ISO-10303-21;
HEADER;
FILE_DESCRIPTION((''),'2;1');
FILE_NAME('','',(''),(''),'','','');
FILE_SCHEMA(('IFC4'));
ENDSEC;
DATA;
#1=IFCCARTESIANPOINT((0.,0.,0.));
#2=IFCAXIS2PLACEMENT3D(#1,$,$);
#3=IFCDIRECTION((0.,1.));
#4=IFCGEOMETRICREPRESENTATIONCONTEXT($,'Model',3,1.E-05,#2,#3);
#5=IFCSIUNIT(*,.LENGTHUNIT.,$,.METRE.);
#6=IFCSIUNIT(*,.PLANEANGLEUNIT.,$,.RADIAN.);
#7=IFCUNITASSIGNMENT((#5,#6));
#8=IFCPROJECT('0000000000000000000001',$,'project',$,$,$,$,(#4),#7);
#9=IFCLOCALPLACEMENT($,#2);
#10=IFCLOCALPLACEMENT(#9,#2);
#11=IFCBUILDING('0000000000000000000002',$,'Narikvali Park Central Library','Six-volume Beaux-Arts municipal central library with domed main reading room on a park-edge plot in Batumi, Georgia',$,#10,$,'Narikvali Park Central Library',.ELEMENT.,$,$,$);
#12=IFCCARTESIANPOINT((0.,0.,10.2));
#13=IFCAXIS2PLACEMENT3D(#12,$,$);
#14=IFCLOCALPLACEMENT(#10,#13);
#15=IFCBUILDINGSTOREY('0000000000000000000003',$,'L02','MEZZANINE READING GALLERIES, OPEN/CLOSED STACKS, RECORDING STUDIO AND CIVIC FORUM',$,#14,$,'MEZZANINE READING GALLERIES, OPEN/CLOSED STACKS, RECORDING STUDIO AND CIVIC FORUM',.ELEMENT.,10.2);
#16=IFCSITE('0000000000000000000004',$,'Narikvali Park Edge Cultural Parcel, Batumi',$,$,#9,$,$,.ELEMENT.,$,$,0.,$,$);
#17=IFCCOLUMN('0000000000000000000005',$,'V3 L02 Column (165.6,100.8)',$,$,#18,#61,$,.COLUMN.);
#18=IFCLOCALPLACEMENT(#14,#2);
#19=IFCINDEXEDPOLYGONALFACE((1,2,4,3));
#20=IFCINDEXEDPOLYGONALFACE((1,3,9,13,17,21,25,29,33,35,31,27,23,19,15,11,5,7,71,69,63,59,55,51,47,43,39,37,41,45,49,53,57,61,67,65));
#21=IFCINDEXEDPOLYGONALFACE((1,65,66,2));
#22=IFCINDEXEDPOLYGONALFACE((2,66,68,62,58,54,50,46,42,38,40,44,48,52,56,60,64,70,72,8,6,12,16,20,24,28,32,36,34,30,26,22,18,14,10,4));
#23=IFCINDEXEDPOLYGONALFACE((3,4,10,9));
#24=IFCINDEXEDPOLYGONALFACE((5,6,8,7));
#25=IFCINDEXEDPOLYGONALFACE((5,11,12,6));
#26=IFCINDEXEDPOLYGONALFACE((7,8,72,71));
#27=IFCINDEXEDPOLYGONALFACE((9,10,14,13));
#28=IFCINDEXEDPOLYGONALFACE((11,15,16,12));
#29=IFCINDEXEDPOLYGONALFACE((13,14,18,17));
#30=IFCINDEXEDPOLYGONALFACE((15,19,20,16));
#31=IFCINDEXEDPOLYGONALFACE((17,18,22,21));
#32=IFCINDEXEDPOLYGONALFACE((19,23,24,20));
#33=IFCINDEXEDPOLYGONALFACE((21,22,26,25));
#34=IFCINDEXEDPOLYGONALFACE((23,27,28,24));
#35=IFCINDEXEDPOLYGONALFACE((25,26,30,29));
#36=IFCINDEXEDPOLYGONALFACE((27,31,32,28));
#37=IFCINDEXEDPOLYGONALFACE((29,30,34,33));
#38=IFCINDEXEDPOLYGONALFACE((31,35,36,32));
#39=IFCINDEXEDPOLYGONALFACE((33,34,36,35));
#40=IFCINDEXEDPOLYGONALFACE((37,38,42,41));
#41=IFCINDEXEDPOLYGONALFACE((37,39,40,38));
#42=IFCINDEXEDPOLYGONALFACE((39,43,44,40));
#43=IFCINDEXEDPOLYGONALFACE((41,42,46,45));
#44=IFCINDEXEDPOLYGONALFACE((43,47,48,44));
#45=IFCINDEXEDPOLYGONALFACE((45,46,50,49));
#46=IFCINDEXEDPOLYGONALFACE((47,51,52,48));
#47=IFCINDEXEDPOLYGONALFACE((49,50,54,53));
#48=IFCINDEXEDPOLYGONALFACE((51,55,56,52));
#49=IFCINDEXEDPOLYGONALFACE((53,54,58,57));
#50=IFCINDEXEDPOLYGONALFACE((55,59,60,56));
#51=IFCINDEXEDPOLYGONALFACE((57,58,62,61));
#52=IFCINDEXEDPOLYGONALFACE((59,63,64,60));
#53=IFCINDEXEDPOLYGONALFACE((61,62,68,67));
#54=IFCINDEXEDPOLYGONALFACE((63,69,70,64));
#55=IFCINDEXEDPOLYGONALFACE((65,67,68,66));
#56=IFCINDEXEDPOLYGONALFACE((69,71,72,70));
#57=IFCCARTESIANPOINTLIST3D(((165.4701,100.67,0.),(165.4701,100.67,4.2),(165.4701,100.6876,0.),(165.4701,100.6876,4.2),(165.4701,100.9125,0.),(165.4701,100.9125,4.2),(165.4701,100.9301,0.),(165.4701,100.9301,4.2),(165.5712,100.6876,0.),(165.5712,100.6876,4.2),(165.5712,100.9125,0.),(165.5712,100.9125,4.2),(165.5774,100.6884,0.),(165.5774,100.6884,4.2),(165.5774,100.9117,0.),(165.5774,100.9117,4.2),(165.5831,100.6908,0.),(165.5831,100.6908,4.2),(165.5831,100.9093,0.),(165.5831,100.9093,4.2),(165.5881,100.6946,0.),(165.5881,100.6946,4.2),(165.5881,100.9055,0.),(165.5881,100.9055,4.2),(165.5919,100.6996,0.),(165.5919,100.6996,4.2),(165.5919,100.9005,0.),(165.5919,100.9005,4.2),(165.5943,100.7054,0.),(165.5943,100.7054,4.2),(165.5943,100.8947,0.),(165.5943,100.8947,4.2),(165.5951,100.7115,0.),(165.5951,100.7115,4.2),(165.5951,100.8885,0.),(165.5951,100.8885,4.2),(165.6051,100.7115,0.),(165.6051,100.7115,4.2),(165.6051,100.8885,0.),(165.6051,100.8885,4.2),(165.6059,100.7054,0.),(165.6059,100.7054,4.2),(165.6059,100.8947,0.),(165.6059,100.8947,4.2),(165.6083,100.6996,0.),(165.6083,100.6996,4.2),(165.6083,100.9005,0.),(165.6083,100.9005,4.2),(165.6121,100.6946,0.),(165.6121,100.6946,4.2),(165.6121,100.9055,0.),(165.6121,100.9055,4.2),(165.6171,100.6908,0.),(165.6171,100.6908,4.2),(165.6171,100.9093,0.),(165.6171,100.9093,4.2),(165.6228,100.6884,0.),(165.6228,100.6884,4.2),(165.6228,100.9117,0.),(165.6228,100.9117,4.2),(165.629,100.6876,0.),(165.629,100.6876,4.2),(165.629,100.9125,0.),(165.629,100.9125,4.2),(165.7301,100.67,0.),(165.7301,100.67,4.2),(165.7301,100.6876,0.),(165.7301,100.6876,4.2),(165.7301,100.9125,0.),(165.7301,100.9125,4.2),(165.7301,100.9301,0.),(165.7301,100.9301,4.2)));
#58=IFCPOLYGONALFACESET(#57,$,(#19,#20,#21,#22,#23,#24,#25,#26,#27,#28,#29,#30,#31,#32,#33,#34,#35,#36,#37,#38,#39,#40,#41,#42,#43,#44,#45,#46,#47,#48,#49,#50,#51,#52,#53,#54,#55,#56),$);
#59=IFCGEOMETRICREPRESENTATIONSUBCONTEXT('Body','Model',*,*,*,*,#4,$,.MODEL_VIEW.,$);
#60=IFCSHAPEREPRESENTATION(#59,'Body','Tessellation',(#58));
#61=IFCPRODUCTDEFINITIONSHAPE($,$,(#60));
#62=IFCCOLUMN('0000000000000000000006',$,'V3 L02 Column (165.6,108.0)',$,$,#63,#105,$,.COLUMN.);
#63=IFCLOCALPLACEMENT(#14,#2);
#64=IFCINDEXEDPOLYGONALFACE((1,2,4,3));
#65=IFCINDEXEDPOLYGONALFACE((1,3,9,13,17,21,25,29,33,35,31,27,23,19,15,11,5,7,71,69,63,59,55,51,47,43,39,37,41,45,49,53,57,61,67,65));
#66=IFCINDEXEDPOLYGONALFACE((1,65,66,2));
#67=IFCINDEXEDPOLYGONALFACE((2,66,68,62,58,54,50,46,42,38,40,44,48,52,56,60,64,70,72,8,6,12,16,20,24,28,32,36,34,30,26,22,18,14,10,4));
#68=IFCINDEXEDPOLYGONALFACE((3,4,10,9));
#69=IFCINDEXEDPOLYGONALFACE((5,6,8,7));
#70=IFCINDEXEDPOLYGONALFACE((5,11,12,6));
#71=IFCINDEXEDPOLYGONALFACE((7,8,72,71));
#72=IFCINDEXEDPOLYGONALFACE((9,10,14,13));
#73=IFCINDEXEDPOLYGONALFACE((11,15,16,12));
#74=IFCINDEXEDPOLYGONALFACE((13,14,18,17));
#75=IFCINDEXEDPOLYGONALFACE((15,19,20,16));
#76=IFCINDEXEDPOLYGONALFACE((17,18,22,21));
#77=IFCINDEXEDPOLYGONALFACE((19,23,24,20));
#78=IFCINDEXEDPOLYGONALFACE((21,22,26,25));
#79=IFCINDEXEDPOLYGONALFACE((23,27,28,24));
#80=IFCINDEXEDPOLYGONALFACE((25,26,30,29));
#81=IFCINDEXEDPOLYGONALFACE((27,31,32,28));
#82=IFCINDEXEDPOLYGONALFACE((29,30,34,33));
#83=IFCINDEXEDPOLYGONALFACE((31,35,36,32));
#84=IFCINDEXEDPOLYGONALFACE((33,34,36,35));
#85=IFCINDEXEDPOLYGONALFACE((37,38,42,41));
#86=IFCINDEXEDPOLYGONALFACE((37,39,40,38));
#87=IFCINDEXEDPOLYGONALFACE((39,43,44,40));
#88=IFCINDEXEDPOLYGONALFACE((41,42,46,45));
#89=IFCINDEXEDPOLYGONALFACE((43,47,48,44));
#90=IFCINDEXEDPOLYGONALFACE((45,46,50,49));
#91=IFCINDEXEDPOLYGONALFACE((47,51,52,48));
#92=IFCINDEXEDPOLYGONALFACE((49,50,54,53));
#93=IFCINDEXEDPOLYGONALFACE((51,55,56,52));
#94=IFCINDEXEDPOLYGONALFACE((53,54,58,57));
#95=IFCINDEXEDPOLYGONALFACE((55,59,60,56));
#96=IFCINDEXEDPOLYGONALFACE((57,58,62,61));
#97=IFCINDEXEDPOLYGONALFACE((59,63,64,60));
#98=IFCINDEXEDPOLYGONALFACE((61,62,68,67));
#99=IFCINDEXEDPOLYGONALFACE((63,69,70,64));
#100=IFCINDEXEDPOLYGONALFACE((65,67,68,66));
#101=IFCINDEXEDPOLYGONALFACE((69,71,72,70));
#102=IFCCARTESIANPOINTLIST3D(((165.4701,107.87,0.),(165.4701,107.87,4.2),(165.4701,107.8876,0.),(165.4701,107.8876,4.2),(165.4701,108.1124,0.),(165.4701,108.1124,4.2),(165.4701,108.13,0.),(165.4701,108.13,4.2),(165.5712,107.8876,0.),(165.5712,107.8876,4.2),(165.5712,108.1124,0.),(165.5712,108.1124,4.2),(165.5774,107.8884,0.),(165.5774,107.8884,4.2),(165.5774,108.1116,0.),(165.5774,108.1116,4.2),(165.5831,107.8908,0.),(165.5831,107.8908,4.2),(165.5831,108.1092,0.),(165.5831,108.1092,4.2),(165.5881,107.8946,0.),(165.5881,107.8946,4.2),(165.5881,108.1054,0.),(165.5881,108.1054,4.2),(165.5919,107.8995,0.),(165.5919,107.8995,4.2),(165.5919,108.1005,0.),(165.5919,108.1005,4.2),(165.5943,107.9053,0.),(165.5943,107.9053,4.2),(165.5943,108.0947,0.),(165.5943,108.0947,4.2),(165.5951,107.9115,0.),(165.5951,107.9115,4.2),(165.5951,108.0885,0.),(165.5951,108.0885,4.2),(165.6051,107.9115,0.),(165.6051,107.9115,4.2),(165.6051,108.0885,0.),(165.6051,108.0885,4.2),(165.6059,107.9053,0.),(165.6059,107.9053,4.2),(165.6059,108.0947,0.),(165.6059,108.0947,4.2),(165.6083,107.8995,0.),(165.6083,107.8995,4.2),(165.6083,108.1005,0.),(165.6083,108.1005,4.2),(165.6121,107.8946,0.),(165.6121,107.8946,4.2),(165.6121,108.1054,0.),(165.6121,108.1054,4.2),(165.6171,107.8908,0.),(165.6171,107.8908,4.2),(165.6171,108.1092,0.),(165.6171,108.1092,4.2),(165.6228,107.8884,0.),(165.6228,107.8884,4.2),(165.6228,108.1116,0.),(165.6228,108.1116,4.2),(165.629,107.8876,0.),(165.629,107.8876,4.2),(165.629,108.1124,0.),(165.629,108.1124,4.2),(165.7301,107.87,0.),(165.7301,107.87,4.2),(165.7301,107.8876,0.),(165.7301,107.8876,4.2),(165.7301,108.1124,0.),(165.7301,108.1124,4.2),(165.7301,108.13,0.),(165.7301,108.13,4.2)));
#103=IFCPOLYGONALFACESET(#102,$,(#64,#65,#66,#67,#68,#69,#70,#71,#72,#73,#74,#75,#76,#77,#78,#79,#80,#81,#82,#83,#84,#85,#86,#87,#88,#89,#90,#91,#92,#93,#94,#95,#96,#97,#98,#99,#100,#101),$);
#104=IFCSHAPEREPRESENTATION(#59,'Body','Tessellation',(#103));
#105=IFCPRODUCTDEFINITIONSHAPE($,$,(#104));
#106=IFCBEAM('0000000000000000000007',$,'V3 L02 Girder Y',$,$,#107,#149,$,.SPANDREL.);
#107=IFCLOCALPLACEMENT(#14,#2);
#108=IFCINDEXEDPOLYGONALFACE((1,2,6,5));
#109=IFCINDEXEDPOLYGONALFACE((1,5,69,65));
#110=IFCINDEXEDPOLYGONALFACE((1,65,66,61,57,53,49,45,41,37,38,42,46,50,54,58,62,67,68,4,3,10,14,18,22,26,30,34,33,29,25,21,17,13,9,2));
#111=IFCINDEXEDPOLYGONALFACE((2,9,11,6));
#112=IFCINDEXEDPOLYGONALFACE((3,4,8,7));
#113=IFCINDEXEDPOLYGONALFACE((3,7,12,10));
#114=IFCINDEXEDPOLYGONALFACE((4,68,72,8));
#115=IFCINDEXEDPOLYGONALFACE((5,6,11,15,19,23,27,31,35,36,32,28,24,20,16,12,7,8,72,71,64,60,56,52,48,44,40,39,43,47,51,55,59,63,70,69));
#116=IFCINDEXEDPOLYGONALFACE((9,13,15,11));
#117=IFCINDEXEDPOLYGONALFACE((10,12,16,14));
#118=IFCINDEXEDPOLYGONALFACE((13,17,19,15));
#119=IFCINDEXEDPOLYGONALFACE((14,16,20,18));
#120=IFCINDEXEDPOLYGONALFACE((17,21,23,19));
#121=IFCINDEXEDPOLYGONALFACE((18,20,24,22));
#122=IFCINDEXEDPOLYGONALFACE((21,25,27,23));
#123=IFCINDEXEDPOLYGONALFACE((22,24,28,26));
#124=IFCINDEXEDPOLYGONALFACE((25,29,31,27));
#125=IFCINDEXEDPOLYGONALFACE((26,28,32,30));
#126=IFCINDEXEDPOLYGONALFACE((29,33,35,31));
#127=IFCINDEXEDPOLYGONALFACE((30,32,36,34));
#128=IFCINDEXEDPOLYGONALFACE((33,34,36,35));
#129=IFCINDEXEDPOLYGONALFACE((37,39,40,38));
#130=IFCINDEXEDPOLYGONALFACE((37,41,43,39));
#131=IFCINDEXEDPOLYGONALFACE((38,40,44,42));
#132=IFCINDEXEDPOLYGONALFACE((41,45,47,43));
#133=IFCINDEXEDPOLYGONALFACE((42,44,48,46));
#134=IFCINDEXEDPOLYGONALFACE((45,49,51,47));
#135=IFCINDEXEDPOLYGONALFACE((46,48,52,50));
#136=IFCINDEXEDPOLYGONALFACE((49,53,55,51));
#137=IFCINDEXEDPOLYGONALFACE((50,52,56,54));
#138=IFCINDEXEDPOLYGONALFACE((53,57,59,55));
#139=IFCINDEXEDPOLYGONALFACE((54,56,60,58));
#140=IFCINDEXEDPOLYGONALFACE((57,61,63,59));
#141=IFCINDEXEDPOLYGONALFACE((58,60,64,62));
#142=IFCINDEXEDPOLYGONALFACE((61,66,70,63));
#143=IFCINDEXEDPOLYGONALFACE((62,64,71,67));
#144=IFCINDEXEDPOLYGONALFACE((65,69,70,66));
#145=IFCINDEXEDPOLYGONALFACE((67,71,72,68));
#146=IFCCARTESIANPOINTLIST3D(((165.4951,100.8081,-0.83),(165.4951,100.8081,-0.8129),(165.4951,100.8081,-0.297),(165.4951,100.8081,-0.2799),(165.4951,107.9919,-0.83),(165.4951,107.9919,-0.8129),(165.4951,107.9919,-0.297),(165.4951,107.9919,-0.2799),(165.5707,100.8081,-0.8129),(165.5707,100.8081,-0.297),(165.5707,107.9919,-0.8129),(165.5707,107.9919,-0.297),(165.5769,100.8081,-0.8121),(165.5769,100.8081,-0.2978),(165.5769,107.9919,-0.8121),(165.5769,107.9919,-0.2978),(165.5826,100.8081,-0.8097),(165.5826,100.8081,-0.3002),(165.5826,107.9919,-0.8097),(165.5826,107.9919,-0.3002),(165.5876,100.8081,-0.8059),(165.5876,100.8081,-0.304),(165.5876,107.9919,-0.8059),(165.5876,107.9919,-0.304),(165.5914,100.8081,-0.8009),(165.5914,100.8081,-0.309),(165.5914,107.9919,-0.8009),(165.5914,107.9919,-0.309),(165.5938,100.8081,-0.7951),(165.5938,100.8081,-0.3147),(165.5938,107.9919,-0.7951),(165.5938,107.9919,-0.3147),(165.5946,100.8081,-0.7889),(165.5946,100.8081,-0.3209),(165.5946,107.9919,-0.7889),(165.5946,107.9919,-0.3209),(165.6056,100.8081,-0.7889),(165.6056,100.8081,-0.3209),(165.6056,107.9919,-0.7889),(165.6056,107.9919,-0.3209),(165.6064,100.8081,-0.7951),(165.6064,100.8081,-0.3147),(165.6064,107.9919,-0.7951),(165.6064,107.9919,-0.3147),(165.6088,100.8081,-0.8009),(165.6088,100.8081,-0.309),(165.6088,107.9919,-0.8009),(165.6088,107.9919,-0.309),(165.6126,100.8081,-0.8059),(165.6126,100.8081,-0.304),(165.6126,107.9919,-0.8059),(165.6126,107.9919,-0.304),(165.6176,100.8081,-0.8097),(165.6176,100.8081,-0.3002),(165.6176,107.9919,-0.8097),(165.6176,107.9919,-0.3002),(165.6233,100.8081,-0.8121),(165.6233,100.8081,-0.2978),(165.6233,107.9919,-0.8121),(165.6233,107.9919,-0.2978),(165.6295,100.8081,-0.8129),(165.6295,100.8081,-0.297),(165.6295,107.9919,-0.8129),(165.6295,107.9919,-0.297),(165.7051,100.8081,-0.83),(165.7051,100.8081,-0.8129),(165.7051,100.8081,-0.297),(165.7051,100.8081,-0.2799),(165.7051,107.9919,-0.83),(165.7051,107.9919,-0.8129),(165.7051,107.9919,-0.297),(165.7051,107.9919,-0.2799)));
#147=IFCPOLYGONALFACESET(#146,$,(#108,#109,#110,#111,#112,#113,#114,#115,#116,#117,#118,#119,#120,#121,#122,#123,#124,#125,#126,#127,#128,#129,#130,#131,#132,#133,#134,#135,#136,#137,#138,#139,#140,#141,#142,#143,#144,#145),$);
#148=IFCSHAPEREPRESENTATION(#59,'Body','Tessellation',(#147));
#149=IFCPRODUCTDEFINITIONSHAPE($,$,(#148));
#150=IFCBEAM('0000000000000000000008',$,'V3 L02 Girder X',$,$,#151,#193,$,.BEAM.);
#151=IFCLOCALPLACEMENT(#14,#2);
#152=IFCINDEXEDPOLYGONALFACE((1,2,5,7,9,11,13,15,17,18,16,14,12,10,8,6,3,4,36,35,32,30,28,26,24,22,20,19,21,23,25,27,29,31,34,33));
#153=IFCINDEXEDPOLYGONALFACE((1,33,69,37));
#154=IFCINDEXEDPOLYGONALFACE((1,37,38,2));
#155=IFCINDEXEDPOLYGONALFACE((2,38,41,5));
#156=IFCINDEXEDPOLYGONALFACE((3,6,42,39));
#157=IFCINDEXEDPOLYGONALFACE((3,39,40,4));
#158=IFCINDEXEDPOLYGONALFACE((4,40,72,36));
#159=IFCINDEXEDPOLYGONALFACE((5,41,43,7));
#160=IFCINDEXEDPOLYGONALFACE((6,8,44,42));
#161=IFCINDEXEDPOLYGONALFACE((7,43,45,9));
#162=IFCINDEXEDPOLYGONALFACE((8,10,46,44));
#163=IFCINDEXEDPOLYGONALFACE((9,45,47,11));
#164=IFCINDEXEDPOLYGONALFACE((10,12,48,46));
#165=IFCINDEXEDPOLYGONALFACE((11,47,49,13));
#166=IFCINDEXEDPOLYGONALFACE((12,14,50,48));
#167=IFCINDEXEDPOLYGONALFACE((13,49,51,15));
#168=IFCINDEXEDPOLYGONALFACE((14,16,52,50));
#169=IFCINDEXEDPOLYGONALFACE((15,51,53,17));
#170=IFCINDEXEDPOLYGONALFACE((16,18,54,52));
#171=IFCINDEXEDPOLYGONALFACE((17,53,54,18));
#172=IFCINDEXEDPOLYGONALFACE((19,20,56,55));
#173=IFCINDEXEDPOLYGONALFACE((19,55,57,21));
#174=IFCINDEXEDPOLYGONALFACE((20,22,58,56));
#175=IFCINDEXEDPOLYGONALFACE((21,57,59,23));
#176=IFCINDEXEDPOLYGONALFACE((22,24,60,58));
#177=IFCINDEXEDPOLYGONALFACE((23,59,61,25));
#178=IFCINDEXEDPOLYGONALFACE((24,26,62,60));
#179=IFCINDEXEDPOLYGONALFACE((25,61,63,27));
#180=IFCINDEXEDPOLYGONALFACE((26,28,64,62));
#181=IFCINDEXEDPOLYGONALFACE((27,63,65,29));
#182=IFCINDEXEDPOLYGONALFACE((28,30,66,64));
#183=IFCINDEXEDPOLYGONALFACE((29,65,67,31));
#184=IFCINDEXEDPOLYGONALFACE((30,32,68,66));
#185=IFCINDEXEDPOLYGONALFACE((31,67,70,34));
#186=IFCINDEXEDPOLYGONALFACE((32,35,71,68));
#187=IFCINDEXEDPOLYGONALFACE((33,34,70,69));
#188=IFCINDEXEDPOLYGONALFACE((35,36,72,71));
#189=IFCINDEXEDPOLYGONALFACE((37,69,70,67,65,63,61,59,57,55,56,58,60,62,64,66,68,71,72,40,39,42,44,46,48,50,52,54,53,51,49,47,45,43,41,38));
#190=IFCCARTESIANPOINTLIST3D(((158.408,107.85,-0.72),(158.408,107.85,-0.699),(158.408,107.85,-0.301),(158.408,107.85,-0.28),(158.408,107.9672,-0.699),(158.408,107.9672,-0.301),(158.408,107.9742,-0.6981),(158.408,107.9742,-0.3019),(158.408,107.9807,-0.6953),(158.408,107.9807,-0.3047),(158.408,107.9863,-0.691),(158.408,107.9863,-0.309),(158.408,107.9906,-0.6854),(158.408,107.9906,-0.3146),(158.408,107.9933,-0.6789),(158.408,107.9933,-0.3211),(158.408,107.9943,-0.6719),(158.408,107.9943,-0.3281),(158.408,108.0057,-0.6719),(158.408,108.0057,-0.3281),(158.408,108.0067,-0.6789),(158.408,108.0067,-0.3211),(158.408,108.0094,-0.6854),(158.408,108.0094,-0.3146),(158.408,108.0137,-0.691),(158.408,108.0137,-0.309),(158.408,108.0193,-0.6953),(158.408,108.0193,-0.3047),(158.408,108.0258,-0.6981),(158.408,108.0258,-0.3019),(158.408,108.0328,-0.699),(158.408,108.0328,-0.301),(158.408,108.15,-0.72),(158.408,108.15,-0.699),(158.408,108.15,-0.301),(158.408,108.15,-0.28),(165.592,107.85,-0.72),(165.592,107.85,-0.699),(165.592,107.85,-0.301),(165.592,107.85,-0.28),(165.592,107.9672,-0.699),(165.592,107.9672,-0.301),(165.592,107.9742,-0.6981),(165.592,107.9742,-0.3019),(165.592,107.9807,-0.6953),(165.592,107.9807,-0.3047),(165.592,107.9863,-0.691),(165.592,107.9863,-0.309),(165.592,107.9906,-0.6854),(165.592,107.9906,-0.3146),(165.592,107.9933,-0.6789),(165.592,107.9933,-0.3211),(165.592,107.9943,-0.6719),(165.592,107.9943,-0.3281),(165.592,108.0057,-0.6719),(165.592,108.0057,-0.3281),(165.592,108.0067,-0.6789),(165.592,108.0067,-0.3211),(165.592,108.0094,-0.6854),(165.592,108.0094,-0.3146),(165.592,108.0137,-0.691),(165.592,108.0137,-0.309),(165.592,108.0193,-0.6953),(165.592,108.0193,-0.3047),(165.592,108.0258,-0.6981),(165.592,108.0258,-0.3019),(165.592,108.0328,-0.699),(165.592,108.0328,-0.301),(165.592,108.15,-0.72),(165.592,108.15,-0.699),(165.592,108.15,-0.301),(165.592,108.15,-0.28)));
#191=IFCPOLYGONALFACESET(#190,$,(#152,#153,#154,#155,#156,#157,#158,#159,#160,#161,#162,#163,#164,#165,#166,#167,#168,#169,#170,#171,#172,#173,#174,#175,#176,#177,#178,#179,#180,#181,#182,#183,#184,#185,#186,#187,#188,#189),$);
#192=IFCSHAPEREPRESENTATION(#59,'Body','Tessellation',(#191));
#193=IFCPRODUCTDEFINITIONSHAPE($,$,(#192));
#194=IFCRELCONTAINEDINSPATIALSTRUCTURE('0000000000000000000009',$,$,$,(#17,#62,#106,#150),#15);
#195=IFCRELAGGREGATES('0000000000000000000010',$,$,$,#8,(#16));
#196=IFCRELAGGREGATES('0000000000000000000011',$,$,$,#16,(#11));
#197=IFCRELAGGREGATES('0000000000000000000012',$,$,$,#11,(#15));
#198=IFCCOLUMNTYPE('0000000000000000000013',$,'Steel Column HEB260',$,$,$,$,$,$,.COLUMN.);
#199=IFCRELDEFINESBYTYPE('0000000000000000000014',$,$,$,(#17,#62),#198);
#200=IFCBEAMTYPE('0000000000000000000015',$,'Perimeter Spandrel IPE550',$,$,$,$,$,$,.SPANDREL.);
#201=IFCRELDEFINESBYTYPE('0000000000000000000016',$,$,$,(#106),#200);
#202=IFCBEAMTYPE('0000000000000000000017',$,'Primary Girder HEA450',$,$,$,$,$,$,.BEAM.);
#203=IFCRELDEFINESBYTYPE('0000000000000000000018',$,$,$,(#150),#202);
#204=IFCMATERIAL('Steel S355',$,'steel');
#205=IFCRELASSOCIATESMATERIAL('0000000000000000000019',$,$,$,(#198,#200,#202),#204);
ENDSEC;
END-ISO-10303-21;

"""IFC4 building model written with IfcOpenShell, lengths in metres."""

from ifc_helpers import new_model, si_unit, direction, frame, origin, origin_2d, place, context, subcontext, project, spatial, i_section, extrude, material, material_profile, profile_set, type_object, element, save


model = new_model("IFC4")

# Units and contexts
model_context = context("Model", 3, precision=1e-05, world=origin(), true_north=direction((0.0, 1.0)))
body_context = subcontext(model_context, "Body", "Model", "MODEL_VIEW")
ifc_project = project(units=[si_unit("LENGTHUNIT", "METRE"), si_unit("PLANEANGLEUNIT", "RADIAN")], contexts=[model_context])

# Site, building, storey
site_placement = place(None, origin())
site = spatial("IfcSite", under=ifc_project, at=site_placement, Name="Narikvali Park Edge Cultural Parcel, Batumi", CompositionType="ELEMENT", RefElevation=0.0)
building_placement = place(site_placement, origin())
building = spatial("IfcBuilding", under=site, at=building_placement, Name="Narikvali Park Central Library", Description="Six-volume Beaux-Arts municipal central library with domed main reading room on a park-edge plot in Batumi, Georgia", LongName="Narikvali Park Central Library", CompositionType="ELEMENT")
storey_placement = place(building_placement, frame((0.0, 0.0, 10.2)))
storey = spatial("IfcBuildingStorey", under=building, at=storey_placement, Name="L02", Description="MEZZANINE READING GALLERIES, OPEN/CLOSED STACKS, RECORDING STUDIO AND CIVIC FORUM", LongName="MEZZANINE READING GALLERIES, OPEN/CLOSED STACKS, RECORDING STUDIO AND CIVIC FORUM", CompositionType="ELEMENT", Elevation=10.2)

# Columns
ifc_material_1 = material(Name="Steel S355", Category="steel")
ifc_material_profile_1 = material_profile(ifc_material_1, i_section(OverallWidth=0.26, OverallDepth=0.26, WebThickness=0.01, FlangeThickness=0.0176, FilletRadius=0.0239, at=origin_2d()), Name="HEB 260")
ifc_profile_set_1 = profile_set([ifc_material_profile_1], Name="Steel S355")
column_type = type_object("IfcColumnType", Name="Steel Column HEB260", PredefinedType="COLUMN", material=ifc_profile_set_1)
for number, where, z_axis, x_axis, name in (
    (1, (165.6001, 100.8, 0.0), (0.0, 0.0, 1.0), (1.0, 0.0, 0.0), "V3 L02 Column (165.6,100.8)"),
    (2, (165.6001, 108.0, 0.0), (0.0, 0.0, 1.0), (1.0, 0.0, 0.0), "V3 L02 Column (165.6,108.0)"),
):
    element("IfcColumn", number, at=place(storey_placement, frame(where, z_axis=z_axis, x_axis=x_axis)), inside=storey, type_object=column_type, Name=name, PredefinedType="COLUMN", context=body_context, shape_type="SweptSolid", body=[
        extrude(i_section(OverallWidth=0.26, OverallDepth=0.26, WebThickness=0.01, FlangeThickness=0.0176, FilletRadius=0.0239, at=origin_2d()), origin(), (0.0, 0.0, 1.0), 4.2),
    ])

# Beams
ifc_material_profile_2 = material_profile(ifc_material_1, i_section(OverallWidth=0.21, OverallDepth=0.55, WebThickness=0.011, FlangeThickness=0.0171, FilletRadius=0.0239, at=origin_2d()), Name="IPE 550")
ifc_profile_set_2 = profile_set([ifc_material_profile_2], Name="Steel S355")
beam_type_1 = type_object("IfcBeamType", Name="Perimeter Spandrel IPE550", PredefinedType="SPANDREL", material=ifc_profile_set_2)
beam_1_placement = place(storey_placement, frame((165.6001, 100.8081, -0.5549), z_axis=(0.0, 1.0, 0.0), x_axis=(-1.0, 0.0, 0.0)))
element("IfcBeam", 3, at=beam_1_placement, inside=storey, type_object=beam_type_1, Name="V3 L02 Girder Y", PredefinedType="SPANDREL", context=body_context, shape_type="SweptSolid", body=[
    extrude(i_section(OverallWidth=0.21, OverallDepth=0.55, WebThickness=0.011, FlangeThickness=0.0171, FilletRadius=0.0239, at=origin_2d()), origin(), (0.0, 0.0, 1.0), 7.1838),
])
ifc_material_profile_3 = material_profile(ifc_material_1, i_section(OverallWidth=0.3, OverallDepth=0.4399, WebThickness=0.0115, FlangeThickness=0.021, FilletRadius=0.0271, at=origin_2d()), Name="HEA 450")
ifc_profile_set_3 = profile_set([ifc_material_profile_3], Name="Steel S355")
beam_type_2 = type_object("IfcBeamType", Name="Primary Girder HEA450", PredefinedType="BEAM", material=ifc_profile_set_3)
beam_2_placement = place(storey_placement, frame((158.408, 108.0, -0.5), z_axis=(1.0, 0.0, 0.0), x_axis=(0.0, 1.0, 0.0)))
element("IfcBeam", 4, at=beam_2_placement, inside=storey, type_object=beam_type_2, Name="V3 L02 Girder X", PredefinedType="BEAM", context=body_context, shape_type="SweptSolid", body=[
    extrude(i_section(OverallWidth=0.3, OverallDepth=0.4399, WebThickness=0.0115, FlangeThickness=0.021, FilletRadius=0.0271, at=origin_2d()), origin(), (0.0, 0.0, 1.0), 7.1841),
])

save(model, "model.ifc")
